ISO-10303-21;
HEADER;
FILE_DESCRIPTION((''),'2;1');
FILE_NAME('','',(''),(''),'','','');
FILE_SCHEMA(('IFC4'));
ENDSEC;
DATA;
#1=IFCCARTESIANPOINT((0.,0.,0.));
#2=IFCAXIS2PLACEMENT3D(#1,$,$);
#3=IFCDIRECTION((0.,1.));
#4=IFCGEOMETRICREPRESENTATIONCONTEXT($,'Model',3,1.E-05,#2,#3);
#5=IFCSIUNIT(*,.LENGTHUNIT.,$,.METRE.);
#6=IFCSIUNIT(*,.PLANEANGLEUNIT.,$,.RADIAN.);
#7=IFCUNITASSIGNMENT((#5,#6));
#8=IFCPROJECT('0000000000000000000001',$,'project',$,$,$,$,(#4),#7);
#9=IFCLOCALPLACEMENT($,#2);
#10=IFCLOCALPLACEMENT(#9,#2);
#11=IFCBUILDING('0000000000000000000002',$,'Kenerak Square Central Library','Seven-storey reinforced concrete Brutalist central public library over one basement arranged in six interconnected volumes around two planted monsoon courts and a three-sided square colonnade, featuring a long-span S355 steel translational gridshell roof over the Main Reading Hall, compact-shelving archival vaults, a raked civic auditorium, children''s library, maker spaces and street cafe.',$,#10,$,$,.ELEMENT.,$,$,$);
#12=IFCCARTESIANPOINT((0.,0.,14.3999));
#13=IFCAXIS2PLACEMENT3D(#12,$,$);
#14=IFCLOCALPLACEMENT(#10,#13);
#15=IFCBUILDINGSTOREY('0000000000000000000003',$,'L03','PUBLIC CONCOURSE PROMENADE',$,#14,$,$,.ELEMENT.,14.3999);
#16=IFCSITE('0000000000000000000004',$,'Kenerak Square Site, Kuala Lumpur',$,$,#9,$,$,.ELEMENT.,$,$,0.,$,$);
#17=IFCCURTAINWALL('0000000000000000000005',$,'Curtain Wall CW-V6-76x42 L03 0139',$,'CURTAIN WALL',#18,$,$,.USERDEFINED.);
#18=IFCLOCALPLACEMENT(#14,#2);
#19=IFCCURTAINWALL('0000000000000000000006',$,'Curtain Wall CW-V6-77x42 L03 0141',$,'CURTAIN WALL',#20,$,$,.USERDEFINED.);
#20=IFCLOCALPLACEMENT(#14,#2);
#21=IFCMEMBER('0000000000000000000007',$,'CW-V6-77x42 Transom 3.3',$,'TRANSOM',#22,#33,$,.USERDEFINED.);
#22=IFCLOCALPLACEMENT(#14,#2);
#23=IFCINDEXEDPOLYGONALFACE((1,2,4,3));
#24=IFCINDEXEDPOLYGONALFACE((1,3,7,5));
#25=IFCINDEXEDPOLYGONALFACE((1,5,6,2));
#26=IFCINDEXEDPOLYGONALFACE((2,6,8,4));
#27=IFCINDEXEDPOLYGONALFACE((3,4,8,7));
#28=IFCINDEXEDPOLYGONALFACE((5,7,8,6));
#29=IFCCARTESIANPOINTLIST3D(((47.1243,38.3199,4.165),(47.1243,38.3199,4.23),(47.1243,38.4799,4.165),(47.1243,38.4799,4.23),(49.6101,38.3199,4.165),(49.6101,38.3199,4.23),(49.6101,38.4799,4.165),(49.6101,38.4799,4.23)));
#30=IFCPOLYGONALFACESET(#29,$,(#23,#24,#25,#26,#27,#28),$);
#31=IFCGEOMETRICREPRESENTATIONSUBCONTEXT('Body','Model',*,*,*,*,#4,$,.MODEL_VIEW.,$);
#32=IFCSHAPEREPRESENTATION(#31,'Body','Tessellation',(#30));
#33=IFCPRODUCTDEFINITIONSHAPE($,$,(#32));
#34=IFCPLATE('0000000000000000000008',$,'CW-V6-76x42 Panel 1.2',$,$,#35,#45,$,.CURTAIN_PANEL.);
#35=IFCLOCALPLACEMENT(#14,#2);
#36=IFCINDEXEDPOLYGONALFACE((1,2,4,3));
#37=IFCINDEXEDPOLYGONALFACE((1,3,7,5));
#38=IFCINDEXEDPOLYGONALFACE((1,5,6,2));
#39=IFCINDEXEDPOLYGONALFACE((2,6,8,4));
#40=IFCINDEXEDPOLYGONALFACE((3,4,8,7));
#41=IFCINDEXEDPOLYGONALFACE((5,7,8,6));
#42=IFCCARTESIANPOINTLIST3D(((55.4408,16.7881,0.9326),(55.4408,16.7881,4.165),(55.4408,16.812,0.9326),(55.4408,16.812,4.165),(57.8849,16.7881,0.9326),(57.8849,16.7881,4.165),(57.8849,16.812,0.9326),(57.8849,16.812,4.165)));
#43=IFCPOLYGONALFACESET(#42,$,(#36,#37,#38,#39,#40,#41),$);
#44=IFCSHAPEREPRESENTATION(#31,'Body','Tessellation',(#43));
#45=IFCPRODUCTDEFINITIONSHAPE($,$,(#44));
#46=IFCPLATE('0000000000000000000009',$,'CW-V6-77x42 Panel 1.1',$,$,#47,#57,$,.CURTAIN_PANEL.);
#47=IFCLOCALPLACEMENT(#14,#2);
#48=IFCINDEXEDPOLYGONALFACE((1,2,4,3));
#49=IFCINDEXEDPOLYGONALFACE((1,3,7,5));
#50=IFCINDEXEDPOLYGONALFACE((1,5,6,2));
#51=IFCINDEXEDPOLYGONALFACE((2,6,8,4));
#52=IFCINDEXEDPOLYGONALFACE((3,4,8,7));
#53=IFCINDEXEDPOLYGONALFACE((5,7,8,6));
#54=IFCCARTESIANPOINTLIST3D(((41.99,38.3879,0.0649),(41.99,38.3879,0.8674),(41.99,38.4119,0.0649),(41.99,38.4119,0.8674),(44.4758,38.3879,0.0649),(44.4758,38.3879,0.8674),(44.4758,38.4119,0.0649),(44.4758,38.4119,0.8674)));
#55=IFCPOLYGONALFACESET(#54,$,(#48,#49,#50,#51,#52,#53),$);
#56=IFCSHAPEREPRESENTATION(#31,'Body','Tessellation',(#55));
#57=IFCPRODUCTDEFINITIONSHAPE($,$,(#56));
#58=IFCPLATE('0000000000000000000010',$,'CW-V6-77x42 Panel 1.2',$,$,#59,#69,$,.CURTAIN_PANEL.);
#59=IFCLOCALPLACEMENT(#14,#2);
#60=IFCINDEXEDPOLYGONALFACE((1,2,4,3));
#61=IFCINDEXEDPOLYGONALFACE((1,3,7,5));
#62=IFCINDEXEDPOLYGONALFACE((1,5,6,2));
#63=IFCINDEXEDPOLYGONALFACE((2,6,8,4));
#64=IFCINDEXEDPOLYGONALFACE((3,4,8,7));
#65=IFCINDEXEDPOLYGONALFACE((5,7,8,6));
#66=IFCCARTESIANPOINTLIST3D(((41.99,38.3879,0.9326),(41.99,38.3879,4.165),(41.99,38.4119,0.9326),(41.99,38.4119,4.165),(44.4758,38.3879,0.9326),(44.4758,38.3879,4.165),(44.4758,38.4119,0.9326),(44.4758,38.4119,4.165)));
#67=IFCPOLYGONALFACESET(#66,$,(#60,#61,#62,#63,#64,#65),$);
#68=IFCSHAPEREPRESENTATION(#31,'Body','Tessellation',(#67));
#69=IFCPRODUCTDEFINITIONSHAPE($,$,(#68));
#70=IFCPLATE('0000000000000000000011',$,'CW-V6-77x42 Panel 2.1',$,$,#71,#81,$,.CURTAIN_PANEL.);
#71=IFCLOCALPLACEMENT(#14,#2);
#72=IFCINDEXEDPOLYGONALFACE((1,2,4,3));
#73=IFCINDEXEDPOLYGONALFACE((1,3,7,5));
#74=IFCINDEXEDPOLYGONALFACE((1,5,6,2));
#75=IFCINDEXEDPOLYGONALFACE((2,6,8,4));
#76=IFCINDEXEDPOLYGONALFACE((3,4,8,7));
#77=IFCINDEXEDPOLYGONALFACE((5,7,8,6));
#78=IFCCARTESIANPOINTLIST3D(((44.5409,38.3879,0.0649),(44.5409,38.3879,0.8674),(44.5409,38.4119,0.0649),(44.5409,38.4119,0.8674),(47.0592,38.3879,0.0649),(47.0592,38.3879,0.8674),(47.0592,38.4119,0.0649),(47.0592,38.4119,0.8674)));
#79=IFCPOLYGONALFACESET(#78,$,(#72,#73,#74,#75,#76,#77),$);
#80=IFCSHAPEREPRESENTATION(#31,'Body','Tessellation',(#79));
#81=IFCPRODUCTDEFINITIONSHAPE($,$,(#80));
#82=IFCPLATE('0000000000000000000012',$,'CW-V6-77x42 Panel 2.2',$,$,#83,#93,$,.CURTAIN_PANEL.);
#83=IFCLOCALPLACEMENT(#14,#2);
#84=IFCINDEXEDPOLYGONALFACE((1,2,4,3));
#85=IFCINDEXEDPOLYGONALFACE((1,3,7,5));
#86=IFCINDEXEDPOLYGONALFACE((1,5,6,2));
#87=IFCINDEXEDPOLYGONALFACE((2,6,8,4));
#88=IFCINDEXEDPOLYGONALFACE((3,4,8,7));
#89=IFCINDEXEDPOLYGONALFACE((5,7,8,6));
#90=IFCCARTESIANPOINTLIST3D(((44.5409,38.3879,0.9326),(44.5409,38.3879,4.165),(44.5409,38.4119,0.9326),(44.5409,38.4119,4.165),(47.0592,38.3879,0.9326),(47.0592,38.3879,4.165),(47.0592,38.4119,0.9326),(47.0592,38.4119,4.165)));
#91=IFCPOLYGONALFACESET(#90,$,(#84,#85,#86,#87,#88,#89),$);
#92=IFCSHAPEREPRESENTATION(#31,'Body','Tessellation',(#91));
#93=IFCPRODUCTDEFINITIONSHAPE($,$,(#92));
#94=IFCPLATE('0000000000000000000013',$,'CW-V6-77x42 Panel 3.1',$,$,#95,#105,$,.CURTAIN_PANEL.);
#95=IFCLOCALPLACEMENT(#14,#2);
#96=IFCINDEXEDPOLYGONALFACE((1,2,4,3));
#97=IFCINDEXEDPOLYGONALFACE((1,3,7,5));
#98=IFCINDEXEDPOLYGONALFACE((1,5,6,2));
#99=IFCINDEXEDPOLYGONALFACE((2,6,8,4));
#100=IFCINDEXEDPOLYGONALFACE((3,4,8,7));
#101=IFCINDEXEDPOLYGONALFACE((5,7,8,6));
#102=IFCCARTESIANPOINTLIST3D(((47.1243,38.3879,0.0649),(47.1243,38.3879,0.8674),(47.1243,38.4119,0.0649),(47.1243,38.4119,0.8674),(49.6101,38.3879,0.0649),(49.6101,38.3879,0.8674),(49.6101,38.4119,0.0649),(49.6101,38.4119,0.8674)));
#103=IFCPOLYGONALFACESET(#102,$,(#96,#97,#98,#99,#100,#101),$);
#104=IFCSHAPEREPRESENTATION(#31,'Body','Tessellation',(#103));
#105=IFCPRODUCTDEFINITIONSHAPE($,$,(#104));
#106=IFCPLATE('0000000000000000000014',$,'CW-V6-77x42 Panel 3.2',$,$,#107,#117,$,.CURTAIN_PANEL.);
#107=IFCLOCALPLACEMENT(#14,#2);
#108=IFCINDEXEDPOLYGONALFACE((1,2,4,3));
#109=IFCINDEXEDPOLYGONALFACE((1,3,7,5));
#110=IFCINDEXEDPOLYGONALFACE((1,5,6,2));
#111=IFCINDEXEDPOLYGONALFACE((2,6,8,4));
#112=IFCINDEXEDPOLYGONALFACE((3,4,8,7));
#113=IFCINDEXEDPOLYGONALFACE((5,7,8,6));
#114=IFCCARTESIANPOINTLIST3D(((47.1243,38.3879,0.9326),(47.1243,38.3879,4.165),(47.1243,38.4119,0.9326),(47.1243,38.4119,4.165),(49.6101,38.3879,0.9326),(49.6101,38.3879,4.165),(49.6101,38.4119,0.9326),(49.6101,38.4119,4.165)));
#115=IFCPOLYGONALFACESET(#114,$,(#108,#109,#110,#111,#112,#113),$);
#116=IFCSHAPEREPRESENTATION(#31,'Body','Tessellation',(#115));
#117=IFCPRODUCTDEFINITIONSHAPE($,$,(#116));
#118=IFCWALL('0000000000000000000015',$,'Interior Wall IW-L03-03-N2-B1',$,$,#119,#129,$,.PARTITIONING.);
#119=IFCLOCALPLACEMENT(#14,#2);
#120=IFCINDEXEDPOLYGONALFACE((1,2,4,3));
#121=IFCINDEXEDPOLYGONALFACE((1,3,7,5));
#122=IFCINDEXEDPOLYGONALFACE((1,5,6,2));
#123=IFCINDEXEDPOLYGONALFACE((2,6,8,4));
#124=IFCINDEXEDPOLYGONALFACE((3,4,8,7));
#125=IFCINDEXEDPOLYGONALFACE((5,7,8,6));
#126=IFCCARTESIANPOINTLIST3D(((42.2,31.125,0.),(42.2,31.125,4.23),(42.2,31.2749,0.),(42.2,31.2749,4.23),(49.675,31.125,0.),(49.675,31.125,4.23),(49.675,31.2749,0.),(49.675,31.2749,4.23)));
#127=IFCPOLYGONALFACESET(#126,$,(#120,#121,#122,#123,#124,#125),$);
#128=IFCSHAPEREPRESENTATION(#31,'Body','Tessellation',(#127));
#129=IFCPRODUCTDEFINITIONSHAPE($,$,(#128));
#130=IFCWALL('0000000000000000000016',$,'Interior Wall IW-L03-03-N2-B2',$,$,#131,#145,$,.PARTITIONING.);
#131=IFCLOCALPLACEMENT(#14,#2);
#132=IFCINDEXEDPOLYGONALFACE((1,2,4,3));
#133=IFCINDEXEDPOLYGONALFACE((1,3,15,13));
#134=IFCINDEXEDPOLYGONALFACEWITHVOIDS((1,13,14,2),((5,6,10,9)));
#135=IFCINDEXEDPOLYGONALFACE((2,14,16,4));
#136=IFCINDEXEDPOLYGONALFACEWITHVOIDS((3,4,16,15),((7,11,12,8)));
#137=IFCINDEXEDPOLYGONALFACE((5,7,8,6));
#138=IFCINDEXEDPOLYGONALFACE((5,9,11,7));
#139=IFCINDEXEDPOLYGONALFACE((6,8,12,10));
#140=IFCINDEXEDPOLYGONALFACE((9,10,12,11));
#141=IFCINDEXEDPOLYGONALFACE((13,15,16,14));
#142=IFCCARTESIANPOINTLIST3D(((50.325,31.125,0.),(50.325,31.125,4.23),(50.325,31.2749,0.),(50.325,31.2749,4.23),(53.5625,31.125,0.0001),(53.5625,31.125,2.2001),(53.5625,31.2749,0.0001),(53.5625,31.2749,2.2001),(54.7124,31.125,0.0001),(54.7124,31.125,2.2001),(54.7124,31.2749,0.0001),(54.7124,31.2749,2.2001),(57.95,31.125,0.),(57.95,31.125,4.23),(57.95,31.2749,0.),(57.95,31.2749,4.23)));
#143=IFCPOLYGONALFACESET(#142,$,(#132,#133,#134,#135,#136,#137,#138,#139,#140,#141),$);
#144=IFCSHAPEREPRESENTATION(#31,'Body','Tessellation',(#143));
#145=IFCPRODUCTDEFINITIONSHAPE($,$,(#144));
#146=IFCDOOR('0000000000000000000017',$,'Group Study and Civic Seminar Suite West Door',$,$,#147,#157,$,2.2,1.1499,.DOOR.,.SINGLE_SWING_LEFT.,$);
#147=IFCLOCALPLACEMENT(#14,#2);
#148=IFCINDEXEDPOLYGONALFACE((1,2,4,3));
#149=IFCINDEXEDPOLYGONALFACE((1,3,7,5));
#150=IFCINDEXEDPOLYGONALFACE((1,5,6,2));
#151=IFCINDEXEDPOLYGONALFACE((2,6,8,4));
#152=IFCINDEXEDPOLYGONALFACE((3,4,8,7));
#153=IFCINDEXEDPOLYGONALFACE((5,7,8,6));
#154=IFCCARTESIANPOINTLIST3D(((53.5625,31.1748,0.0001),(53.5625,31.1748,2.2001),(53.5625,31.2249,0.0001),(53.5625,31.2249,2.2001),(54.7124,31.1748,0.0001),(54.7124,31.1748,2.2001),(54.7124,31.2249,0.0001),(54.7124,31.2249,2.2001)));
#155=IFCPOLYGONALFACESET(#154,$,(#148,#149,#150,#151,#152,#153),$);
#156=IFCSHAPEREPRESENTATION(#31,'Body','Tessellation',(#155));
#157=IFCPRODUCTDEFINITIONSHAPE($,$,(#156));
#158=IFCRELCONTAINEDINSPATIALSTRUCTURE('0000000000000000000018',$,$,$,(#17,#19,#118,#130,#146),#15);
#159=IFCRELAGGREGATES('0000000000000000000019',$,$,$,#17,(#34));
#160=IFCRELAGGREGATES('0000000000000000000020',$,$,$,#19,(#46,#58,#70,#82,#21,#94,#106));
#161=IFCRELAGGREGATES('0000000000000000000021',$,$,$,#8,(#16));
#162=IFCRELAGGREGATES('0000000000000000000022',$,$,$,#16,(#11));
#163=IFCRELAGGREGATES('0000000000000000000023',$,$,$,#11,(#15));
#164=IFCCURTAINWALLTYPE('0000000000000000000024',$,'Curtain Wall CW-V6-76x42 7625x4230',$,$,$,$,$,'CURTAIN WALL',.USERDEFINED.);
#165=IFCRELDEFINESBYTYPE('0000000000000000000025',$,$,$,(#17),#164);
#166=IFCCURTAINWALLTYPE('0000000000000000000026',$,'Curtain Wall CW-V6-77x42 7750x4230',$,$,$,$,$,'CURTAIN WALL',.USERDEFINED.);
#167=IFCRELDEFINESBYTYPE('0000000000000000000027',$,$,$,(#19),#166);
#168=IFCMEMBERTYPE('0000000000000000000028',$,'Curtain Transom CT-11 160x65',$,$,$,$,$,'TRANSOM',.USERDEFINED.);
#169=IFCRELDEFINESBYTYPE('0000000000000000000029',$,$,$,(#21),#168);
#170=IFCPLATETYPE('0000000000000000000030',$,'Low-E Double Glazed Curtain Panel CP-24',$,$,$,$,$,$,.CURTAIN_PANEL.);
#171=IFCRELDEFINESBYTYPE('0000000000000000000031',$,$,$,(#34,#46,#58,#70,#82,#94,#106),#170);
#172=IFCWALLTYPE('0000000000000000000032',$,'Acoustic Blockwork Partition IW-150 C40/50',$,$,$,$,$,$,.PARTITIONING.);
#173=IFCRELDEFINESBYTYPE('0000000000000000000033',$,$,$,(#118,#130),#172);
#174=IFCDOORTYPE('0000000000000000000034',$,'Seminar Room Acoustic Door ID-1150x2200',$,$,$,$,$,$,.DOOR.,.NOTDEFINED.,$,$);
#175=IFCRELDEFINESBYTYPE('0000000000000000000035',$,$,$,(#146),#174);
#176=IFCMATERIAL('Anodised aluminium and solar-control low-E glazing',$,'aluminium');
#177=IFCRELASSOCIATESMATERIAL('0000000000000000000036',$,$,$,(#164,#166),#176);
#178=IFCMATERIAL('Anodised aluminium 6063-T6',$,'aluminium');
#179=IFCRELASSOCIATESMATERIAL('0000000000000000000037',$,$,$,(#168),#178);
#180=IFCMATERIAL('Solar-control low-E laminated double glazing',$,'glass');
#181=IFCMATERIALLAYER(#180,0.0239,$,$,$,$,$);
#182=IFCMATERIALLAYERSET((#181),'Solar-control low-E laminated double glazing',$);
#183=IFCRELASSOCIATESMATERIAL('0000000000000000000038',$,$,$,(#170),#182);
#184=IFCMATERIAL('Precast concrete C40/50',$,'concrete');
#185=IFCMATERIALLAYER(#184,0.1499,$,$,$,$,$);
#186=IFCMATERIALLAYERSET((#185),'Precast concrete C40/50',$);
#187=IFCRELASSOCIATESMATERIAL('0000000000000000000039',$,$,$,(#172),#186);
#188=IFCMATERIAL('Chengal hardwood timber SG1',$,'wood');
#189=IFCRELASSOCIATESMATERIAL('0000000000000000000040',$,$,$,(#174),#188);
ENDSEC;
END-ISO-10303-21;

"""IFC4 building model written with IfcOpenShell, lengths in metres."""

from ifc_helpers import new_model, si_unit, direction, frame, frame_2d, origin, origin_2d, place, context, subcontext, project, spatial, rectangle, extrude, material, layer, layer_set, material_profile, profile_set, type_object, element, fill, aggregate, save


model = new_model("IFC4")

# Units and contexts
model_context = context("Model", 3, precision=1e-05, world=origin(), true_north=direction((0.0, 1.0)))
body_context = subcontext(model_context, "Body", "Model", "MODEL_VIEW")
ifc_project = project(units=[si_unit("LENGTHUNIT", "METRE"), si_unit("PLANEANGLEUNIT", "RADIAN")], contexts=[model_context])

# Site, building, storey
site_placement = place(None, origin())
site = spatial("IfcSite", under=ifc_project, at=site_placement, Name="Kenerak Square Site, Kuala Lumpur", CompositionType="ELEMENT", RefElevation=0.0)
building_placement = place(site_placement, origin())
building = spatial("IfcBuilding", under=site, at=building_placement, Name="Kenerak Square Central Library", Description="Seven-storey reinforced concrete Brutalist central public library over one basement arranged in six interconnected volumes around two planted monsoon courts and a three-sided square colonnade, featuring a long-span S355 steel translational gridshell roof over the Main Reading Hall, compact-shelving archival vaults, a raked civic auditorium, children's library, maker spaces and street cafe.", CompositionType="ELEMENT")
storey_placement = place(building_placement, frame((0.0, 0.0, 14.3999)))
storey = spatial("IfcBuildingStorey", under=building, at=storey_placement, Name="L03", Description="PUBLIC CONCOURSE PROMENADE", CompositionType="ELEMENT", Elevation=14.3999)

# Curtain wall
ifc_material_1 = material(Name="Anodised aluminium and solar-control low-E glazing", Category="aluminium")
curtain_wall_type_1 = type_object("IfcCurtainWallType", Name="Curtain Wall CW-V6-76x42 7625x4230", ElementType="CURTAIN WALL", PredefinedType="USERDEFINED", material=ifc_material_1)
curtain_wall_1_placement = place(storey_placement, origin())
curtain_wall_1 = element("IfcCurtainWall", 1, at=curtain_wall_1_placement, inside=storey, type_object=curtain_wall_type_1, Name="Curtain Wall CW-V6-76x42 L03 0139", ObjectType="CURTAIN WALL", PredefinedType="USERDEFINED")
ifc_material_2 = material(Name="Anodised aluminium 6063-T6", Category="aluminium")

# Curtain wall
curtain_wall_type_2 = type_object("IfcCurtainWallType", Name="Curtain Wall CW-V6-77x42 7750x4230", ElementType="CURTAIN WALL", PredefinedType="USERDEFINED", material=ifc_material_1)
curtain_wall_2_placement = place(storey_placement, origin())
curtain_wall_2 = element("IfcCurtainWall", 2, at=curtain_wall_2_placement, inside=storey, type_object=curtain_wall_type_2, Name="Curtain Wall CW-V6-77x42 L03 0141", ObjectType="CURTAIN WALL", PredefinedType="USERDEFINED")

# Member
ifc_material_profile_1 = material_profile(ifc_material_2, rectangle(XDim=0.1599, YDim=0.0649, at=origin_2d()), Name="AL TRANSOM 160x65")
ifc_profile_set_1 = profile_set([ifc_material_profile_1], Name="Anodised aluminium 6063-T6")
member_type_1 = type_object("IfcMemberType", Name="Curtain Transom CT-11 160x65", ElementType="TRANSOM", PredefinedType="USERDEFINED", material=ifc_profile_set_1)
member_1_placement = place(storey_placement, frame((47.1243, 38.3999, 4.1975), z_axis=(1.0, 0.0, 0.0), x_axis=(0.0, 1.0, 0.0)))
member_1 = element("IfcMember", 3, at=member_1_placement, type_object=member_type_1, Name="CW-V6-77x42 Transom 3.3", ObjectType="TRANSOM", PredefinedType="USERDEFINED", context=body_context, shape_type="SweptSolid", body=[
    extrude(rectangle(XDim=0.1599, YDim=0.0649, at=origin_2d()), origin(), (0.0, 0.0, 1.0), 2.4858),
])

# Plates
ifc_material_3 = material(Name="Solar-control low-E laminated double glazing", Category="glass")
ifc_layer_1 = layer(ifc_material_3, 0.0239)
ifc_layer_set_1 = layer_set([ifc_layer_1], Name="Solar-control low-E laminated double glazing")
plate_type = type_object("IfcPlateType", Name="Low-E Double Glazed Curtain Panel CP-24", PredefinedType="CURTAIN_PANEL", material=ifc_layer_set_1)
plate_1_placement = place(storey_placement, frame((56.6628, 16.8, 0.9326), z_axis=(0.0, 0.0, 1.0), x_axis=(-1.0, 0.0, 0.0)))
plate_1 = element("IfcPlate", 4, at=plate_1_placement, type_object=plate_type, Name="CW-V6-76x42 Panel 1.2", PredefinedType="CURTAIN_PANEL", context=body_context, shape_type="SweptSolid", body=[
    extrude(rectangle(XDim=2.4441, YDim=0.0239, at=origin_2d()), origin(), (0.0, 0.0, 1.0), 3.2324),
])
aggregate(curtain_wall_1, [plate_1])
plate_2_placement = place(storey_placement, frame((43.2329, 38.3999, 0.0649), z_axis=(0.0, 0.0, 1.0), x_axis=(1.0, 0.0, 0.0)))
plate_2 = element("IfcPlate", 5, at=plate_2_placement, type_object=plate_type, Name="CW-V6-77x42 Panel 1.1", PredefinedType="CURTAIN_PANEL", context=body_context, shape_type="SweptSolid", body=[
    extrude(rectangle(XDim=2.4858, YDim=0.0239, at=origin_2d()), origin(), (0.0, 0.0, 1.0), 0.8025),
])
plate_3_placement = place(storey_placement, frame((43.2329, 38.3999, 0.9326), z_axis=(0.0, 0.0, 1.0), x_axis=(1.0, 0.0, 0.0)))
plate_3 = element("IfcPlate", 6, at=plate_3_placement, type_object=plate_type, Name="CW-V6-77x42 Panel 1.2", PredefinedType="CURTAIN_PANEL", context=body_context, shape_type="SweptSolid", body=[
    extrude(rectangle(XDim=2.4858, YDim=0.0239, at=origin_2d()), origin(), (0.0, 0.0, 1.0), 3.2324),
])
plate_4_placement = place(storey_placement, frame((45.8, 38.3999, 0.0649), z_axis=(0.0, 0.0, 1.0), x_axis=(1.0, 0.0, 0.0)))
plate_4 = element("IfcPlate", 7, at=plate_4_placement, type_object=plate_type, Name="CW-V6-77x42 Panel 2.1", PredefinedType="CURTAIN_PANEL", context=body_context, shape_type="SweptSolid", body=[
    extrude(rectangle(XDim=2.5183, YDim=0.0239, at=origin_2d()), origin(), (0.0, 0.0, 1.0), 0.8025),
])
plate_5_placement = place(storey_placement, frame((45.8, 38.3999, 0.9326), z_axis=(0.0, 0.0, 1.0), x_axis=(1.0, 0.0, 0.0)))
plate_5 = element("IfcPlate", 8, at=plate_5_placement, type_object=plate_type, Name="CW-V6-77x42 Panel 2.2", PredefinedType="CURTAIN_PANEL", context=body_context, shape_type="SweptSolid", body=[
    extrude(rectangle(XDim=2.5183, YDim=0.0239, at=origin_2d()), origin(), (0.0, 0.0, 1.0), 3.2324),
])
plate_6_placement = place(storey_placement, frame((48.3672, 38.3999, 0.0649), z_axis=(0.0, 0.0, 1.0), x_axis=(1.0, 0.0, 0.0)))
plate_6 = element("IfcPlate", 9, at=plate_6_placement, type_object=plate_type, Name="CW-V6-77x42 Panel 3.1", PredefinedType="CURTAIN_PANEL", context=body_context, shape_type="SweptSolid", body=[
    extrude(rectangle(XDim=2.4858, YDim=0.0239, at=origin_2d()), origin(), (0.0, 0.0, 1.0), 0.8025),
])
plate_7_placement = place(storey_placement, frame((48.3672, 38.3999, 0.9326), z_axis=(0.0, 0.0, 1.0), x_axis=(1.0, 0.0, 0.0)))
plate_7 = element("IfcPlate", 10, at=plate_7_placement, type_object=plate_type, Name="CW-V6-77x42 Panel 3.2", PredefinedType="CURTAIN_PANEL", context=body_context, shape_type="SweptSolid", body=[
    extrude(rectangle(XDim=2.4858, YDim=0.0239, at=origin_2d()), origin(), (0.0, 0.0, 1.0), 3.2324),
])
aggregate(curtain_wall_2, [plate_2, plate_3, plate_4, plate_5, member_1, plate_6, plate_7])

# Wall
ifc_material_4 = material(Name="Precast concrete C40/50", Category="concrete")
ifc_layer_2 = layer(ifc_material_4, 0.1499)
ifc_layer_set_2 = layer_set([ifc_layer_2], Name="Precast concrete C40/50")
wall_type = type_object("IfcWallType", Name="Acoustic Blockwork Partition IW-150 C40/50", PredefinedType="PARTITIONING", material=ifc_layer_set_2)
wall_1_placement = place(storey_placement, frame((42.2, 31.2, 0.0), z_axis=(0.0, 0.0, 1.0), x_axis=(1.0, 0.0, 0.0)))
element("IfcWall", 11, at=wall_1_placement, inside=storey, type_object=wall_type, Name="Interior Wall IW-L03-03-N2-B1", PredefinedType="PARTITIONING", context=body_context, shape_type="SweptSolid", body=[
    extrude(rectangle(XDim=7.4751, YDim=0.1499, at=frame_2d((3.7375, 0.0))), origin(), (0.0, 0.0, 1.0), 4.23),
])

# Wall, opening, door
wall_2_placement = place(storey_placement, frame((50.325, 31.2, 0.0), z_axis=(0.0, 0.0, 1.0), x_axis=(1.0, 0.0, 0.0)))
wall_2 = element("IfcWall", 12, at=wall_2_placement, inside=storey, type_object=wall_type, Name="Interior Wall IW-L03-03-N2-B2", PredefinedType="PARTITIONING", context=body_context, shape_type="SweptSolid", body=[
    extrude(rectangle(XDim=7.625, YDim=0.1499, at=frame_2d((3.8125, 0.0))), origin(), (0.0, 0.0, 1.0), 4.23),
])
opening_placement = place(wall_2_placement, frame((3.2375, 0.0, 0.0)))
opening = element("IfcOpeningElement", 13, at=opening_placement, cuts=wall_2, PredefinedType="OPENING", context=body_context, shape_type="SweptSolid", body=[
    extrude(rectangle(XDim=1.1499, YDim=2.2, at=frame_2d((0.575, 1.1001))), frame((0.0, 0.085, 0.0), z_axis=(0.0, -1.0, 0.0), x_axis=(1.0, 0.0, 0.0)), (0.0, 0.0, 1.0), 0.1699),
])
ifc_material_5 = material(Name="Chengal hardwood timber SG1", Category="wood")
door_type = type_object("IfcDoorType", Name="Seminar Room Acoustic Door ID-1150x2200", OperationType="NOTDEFINED", PredefinedType="DOOR", material=ifc_material_5)
door_placement = place(opening_placement, origin())
door = element("IfcDoor", 14, at=door_placement, inside=storey, type_object=door_type, Name="Group Study and Civic Seminar Suite West Door", OperationType="SINGLE_SWING_LEFT", OverallHeight=2.2, OverallWidth=1.1499, PredefinedType="DOOR", context=body_context, shape_type="SweptSolid", body=[
    extrude(rectangle(XDim=1.1499, YDim=2.2, at=frame_2d((0.575, 1.1001))), frame((0.0, 0.0249, 0.0), z_axis=(0.0, -1.0, 0.0), x_axis=(1.0, 0.0, 0.0)), (0.0, 0.0, 1.0), 0.05),
])
fill(opening, door)

save(model, "model.ifc")
